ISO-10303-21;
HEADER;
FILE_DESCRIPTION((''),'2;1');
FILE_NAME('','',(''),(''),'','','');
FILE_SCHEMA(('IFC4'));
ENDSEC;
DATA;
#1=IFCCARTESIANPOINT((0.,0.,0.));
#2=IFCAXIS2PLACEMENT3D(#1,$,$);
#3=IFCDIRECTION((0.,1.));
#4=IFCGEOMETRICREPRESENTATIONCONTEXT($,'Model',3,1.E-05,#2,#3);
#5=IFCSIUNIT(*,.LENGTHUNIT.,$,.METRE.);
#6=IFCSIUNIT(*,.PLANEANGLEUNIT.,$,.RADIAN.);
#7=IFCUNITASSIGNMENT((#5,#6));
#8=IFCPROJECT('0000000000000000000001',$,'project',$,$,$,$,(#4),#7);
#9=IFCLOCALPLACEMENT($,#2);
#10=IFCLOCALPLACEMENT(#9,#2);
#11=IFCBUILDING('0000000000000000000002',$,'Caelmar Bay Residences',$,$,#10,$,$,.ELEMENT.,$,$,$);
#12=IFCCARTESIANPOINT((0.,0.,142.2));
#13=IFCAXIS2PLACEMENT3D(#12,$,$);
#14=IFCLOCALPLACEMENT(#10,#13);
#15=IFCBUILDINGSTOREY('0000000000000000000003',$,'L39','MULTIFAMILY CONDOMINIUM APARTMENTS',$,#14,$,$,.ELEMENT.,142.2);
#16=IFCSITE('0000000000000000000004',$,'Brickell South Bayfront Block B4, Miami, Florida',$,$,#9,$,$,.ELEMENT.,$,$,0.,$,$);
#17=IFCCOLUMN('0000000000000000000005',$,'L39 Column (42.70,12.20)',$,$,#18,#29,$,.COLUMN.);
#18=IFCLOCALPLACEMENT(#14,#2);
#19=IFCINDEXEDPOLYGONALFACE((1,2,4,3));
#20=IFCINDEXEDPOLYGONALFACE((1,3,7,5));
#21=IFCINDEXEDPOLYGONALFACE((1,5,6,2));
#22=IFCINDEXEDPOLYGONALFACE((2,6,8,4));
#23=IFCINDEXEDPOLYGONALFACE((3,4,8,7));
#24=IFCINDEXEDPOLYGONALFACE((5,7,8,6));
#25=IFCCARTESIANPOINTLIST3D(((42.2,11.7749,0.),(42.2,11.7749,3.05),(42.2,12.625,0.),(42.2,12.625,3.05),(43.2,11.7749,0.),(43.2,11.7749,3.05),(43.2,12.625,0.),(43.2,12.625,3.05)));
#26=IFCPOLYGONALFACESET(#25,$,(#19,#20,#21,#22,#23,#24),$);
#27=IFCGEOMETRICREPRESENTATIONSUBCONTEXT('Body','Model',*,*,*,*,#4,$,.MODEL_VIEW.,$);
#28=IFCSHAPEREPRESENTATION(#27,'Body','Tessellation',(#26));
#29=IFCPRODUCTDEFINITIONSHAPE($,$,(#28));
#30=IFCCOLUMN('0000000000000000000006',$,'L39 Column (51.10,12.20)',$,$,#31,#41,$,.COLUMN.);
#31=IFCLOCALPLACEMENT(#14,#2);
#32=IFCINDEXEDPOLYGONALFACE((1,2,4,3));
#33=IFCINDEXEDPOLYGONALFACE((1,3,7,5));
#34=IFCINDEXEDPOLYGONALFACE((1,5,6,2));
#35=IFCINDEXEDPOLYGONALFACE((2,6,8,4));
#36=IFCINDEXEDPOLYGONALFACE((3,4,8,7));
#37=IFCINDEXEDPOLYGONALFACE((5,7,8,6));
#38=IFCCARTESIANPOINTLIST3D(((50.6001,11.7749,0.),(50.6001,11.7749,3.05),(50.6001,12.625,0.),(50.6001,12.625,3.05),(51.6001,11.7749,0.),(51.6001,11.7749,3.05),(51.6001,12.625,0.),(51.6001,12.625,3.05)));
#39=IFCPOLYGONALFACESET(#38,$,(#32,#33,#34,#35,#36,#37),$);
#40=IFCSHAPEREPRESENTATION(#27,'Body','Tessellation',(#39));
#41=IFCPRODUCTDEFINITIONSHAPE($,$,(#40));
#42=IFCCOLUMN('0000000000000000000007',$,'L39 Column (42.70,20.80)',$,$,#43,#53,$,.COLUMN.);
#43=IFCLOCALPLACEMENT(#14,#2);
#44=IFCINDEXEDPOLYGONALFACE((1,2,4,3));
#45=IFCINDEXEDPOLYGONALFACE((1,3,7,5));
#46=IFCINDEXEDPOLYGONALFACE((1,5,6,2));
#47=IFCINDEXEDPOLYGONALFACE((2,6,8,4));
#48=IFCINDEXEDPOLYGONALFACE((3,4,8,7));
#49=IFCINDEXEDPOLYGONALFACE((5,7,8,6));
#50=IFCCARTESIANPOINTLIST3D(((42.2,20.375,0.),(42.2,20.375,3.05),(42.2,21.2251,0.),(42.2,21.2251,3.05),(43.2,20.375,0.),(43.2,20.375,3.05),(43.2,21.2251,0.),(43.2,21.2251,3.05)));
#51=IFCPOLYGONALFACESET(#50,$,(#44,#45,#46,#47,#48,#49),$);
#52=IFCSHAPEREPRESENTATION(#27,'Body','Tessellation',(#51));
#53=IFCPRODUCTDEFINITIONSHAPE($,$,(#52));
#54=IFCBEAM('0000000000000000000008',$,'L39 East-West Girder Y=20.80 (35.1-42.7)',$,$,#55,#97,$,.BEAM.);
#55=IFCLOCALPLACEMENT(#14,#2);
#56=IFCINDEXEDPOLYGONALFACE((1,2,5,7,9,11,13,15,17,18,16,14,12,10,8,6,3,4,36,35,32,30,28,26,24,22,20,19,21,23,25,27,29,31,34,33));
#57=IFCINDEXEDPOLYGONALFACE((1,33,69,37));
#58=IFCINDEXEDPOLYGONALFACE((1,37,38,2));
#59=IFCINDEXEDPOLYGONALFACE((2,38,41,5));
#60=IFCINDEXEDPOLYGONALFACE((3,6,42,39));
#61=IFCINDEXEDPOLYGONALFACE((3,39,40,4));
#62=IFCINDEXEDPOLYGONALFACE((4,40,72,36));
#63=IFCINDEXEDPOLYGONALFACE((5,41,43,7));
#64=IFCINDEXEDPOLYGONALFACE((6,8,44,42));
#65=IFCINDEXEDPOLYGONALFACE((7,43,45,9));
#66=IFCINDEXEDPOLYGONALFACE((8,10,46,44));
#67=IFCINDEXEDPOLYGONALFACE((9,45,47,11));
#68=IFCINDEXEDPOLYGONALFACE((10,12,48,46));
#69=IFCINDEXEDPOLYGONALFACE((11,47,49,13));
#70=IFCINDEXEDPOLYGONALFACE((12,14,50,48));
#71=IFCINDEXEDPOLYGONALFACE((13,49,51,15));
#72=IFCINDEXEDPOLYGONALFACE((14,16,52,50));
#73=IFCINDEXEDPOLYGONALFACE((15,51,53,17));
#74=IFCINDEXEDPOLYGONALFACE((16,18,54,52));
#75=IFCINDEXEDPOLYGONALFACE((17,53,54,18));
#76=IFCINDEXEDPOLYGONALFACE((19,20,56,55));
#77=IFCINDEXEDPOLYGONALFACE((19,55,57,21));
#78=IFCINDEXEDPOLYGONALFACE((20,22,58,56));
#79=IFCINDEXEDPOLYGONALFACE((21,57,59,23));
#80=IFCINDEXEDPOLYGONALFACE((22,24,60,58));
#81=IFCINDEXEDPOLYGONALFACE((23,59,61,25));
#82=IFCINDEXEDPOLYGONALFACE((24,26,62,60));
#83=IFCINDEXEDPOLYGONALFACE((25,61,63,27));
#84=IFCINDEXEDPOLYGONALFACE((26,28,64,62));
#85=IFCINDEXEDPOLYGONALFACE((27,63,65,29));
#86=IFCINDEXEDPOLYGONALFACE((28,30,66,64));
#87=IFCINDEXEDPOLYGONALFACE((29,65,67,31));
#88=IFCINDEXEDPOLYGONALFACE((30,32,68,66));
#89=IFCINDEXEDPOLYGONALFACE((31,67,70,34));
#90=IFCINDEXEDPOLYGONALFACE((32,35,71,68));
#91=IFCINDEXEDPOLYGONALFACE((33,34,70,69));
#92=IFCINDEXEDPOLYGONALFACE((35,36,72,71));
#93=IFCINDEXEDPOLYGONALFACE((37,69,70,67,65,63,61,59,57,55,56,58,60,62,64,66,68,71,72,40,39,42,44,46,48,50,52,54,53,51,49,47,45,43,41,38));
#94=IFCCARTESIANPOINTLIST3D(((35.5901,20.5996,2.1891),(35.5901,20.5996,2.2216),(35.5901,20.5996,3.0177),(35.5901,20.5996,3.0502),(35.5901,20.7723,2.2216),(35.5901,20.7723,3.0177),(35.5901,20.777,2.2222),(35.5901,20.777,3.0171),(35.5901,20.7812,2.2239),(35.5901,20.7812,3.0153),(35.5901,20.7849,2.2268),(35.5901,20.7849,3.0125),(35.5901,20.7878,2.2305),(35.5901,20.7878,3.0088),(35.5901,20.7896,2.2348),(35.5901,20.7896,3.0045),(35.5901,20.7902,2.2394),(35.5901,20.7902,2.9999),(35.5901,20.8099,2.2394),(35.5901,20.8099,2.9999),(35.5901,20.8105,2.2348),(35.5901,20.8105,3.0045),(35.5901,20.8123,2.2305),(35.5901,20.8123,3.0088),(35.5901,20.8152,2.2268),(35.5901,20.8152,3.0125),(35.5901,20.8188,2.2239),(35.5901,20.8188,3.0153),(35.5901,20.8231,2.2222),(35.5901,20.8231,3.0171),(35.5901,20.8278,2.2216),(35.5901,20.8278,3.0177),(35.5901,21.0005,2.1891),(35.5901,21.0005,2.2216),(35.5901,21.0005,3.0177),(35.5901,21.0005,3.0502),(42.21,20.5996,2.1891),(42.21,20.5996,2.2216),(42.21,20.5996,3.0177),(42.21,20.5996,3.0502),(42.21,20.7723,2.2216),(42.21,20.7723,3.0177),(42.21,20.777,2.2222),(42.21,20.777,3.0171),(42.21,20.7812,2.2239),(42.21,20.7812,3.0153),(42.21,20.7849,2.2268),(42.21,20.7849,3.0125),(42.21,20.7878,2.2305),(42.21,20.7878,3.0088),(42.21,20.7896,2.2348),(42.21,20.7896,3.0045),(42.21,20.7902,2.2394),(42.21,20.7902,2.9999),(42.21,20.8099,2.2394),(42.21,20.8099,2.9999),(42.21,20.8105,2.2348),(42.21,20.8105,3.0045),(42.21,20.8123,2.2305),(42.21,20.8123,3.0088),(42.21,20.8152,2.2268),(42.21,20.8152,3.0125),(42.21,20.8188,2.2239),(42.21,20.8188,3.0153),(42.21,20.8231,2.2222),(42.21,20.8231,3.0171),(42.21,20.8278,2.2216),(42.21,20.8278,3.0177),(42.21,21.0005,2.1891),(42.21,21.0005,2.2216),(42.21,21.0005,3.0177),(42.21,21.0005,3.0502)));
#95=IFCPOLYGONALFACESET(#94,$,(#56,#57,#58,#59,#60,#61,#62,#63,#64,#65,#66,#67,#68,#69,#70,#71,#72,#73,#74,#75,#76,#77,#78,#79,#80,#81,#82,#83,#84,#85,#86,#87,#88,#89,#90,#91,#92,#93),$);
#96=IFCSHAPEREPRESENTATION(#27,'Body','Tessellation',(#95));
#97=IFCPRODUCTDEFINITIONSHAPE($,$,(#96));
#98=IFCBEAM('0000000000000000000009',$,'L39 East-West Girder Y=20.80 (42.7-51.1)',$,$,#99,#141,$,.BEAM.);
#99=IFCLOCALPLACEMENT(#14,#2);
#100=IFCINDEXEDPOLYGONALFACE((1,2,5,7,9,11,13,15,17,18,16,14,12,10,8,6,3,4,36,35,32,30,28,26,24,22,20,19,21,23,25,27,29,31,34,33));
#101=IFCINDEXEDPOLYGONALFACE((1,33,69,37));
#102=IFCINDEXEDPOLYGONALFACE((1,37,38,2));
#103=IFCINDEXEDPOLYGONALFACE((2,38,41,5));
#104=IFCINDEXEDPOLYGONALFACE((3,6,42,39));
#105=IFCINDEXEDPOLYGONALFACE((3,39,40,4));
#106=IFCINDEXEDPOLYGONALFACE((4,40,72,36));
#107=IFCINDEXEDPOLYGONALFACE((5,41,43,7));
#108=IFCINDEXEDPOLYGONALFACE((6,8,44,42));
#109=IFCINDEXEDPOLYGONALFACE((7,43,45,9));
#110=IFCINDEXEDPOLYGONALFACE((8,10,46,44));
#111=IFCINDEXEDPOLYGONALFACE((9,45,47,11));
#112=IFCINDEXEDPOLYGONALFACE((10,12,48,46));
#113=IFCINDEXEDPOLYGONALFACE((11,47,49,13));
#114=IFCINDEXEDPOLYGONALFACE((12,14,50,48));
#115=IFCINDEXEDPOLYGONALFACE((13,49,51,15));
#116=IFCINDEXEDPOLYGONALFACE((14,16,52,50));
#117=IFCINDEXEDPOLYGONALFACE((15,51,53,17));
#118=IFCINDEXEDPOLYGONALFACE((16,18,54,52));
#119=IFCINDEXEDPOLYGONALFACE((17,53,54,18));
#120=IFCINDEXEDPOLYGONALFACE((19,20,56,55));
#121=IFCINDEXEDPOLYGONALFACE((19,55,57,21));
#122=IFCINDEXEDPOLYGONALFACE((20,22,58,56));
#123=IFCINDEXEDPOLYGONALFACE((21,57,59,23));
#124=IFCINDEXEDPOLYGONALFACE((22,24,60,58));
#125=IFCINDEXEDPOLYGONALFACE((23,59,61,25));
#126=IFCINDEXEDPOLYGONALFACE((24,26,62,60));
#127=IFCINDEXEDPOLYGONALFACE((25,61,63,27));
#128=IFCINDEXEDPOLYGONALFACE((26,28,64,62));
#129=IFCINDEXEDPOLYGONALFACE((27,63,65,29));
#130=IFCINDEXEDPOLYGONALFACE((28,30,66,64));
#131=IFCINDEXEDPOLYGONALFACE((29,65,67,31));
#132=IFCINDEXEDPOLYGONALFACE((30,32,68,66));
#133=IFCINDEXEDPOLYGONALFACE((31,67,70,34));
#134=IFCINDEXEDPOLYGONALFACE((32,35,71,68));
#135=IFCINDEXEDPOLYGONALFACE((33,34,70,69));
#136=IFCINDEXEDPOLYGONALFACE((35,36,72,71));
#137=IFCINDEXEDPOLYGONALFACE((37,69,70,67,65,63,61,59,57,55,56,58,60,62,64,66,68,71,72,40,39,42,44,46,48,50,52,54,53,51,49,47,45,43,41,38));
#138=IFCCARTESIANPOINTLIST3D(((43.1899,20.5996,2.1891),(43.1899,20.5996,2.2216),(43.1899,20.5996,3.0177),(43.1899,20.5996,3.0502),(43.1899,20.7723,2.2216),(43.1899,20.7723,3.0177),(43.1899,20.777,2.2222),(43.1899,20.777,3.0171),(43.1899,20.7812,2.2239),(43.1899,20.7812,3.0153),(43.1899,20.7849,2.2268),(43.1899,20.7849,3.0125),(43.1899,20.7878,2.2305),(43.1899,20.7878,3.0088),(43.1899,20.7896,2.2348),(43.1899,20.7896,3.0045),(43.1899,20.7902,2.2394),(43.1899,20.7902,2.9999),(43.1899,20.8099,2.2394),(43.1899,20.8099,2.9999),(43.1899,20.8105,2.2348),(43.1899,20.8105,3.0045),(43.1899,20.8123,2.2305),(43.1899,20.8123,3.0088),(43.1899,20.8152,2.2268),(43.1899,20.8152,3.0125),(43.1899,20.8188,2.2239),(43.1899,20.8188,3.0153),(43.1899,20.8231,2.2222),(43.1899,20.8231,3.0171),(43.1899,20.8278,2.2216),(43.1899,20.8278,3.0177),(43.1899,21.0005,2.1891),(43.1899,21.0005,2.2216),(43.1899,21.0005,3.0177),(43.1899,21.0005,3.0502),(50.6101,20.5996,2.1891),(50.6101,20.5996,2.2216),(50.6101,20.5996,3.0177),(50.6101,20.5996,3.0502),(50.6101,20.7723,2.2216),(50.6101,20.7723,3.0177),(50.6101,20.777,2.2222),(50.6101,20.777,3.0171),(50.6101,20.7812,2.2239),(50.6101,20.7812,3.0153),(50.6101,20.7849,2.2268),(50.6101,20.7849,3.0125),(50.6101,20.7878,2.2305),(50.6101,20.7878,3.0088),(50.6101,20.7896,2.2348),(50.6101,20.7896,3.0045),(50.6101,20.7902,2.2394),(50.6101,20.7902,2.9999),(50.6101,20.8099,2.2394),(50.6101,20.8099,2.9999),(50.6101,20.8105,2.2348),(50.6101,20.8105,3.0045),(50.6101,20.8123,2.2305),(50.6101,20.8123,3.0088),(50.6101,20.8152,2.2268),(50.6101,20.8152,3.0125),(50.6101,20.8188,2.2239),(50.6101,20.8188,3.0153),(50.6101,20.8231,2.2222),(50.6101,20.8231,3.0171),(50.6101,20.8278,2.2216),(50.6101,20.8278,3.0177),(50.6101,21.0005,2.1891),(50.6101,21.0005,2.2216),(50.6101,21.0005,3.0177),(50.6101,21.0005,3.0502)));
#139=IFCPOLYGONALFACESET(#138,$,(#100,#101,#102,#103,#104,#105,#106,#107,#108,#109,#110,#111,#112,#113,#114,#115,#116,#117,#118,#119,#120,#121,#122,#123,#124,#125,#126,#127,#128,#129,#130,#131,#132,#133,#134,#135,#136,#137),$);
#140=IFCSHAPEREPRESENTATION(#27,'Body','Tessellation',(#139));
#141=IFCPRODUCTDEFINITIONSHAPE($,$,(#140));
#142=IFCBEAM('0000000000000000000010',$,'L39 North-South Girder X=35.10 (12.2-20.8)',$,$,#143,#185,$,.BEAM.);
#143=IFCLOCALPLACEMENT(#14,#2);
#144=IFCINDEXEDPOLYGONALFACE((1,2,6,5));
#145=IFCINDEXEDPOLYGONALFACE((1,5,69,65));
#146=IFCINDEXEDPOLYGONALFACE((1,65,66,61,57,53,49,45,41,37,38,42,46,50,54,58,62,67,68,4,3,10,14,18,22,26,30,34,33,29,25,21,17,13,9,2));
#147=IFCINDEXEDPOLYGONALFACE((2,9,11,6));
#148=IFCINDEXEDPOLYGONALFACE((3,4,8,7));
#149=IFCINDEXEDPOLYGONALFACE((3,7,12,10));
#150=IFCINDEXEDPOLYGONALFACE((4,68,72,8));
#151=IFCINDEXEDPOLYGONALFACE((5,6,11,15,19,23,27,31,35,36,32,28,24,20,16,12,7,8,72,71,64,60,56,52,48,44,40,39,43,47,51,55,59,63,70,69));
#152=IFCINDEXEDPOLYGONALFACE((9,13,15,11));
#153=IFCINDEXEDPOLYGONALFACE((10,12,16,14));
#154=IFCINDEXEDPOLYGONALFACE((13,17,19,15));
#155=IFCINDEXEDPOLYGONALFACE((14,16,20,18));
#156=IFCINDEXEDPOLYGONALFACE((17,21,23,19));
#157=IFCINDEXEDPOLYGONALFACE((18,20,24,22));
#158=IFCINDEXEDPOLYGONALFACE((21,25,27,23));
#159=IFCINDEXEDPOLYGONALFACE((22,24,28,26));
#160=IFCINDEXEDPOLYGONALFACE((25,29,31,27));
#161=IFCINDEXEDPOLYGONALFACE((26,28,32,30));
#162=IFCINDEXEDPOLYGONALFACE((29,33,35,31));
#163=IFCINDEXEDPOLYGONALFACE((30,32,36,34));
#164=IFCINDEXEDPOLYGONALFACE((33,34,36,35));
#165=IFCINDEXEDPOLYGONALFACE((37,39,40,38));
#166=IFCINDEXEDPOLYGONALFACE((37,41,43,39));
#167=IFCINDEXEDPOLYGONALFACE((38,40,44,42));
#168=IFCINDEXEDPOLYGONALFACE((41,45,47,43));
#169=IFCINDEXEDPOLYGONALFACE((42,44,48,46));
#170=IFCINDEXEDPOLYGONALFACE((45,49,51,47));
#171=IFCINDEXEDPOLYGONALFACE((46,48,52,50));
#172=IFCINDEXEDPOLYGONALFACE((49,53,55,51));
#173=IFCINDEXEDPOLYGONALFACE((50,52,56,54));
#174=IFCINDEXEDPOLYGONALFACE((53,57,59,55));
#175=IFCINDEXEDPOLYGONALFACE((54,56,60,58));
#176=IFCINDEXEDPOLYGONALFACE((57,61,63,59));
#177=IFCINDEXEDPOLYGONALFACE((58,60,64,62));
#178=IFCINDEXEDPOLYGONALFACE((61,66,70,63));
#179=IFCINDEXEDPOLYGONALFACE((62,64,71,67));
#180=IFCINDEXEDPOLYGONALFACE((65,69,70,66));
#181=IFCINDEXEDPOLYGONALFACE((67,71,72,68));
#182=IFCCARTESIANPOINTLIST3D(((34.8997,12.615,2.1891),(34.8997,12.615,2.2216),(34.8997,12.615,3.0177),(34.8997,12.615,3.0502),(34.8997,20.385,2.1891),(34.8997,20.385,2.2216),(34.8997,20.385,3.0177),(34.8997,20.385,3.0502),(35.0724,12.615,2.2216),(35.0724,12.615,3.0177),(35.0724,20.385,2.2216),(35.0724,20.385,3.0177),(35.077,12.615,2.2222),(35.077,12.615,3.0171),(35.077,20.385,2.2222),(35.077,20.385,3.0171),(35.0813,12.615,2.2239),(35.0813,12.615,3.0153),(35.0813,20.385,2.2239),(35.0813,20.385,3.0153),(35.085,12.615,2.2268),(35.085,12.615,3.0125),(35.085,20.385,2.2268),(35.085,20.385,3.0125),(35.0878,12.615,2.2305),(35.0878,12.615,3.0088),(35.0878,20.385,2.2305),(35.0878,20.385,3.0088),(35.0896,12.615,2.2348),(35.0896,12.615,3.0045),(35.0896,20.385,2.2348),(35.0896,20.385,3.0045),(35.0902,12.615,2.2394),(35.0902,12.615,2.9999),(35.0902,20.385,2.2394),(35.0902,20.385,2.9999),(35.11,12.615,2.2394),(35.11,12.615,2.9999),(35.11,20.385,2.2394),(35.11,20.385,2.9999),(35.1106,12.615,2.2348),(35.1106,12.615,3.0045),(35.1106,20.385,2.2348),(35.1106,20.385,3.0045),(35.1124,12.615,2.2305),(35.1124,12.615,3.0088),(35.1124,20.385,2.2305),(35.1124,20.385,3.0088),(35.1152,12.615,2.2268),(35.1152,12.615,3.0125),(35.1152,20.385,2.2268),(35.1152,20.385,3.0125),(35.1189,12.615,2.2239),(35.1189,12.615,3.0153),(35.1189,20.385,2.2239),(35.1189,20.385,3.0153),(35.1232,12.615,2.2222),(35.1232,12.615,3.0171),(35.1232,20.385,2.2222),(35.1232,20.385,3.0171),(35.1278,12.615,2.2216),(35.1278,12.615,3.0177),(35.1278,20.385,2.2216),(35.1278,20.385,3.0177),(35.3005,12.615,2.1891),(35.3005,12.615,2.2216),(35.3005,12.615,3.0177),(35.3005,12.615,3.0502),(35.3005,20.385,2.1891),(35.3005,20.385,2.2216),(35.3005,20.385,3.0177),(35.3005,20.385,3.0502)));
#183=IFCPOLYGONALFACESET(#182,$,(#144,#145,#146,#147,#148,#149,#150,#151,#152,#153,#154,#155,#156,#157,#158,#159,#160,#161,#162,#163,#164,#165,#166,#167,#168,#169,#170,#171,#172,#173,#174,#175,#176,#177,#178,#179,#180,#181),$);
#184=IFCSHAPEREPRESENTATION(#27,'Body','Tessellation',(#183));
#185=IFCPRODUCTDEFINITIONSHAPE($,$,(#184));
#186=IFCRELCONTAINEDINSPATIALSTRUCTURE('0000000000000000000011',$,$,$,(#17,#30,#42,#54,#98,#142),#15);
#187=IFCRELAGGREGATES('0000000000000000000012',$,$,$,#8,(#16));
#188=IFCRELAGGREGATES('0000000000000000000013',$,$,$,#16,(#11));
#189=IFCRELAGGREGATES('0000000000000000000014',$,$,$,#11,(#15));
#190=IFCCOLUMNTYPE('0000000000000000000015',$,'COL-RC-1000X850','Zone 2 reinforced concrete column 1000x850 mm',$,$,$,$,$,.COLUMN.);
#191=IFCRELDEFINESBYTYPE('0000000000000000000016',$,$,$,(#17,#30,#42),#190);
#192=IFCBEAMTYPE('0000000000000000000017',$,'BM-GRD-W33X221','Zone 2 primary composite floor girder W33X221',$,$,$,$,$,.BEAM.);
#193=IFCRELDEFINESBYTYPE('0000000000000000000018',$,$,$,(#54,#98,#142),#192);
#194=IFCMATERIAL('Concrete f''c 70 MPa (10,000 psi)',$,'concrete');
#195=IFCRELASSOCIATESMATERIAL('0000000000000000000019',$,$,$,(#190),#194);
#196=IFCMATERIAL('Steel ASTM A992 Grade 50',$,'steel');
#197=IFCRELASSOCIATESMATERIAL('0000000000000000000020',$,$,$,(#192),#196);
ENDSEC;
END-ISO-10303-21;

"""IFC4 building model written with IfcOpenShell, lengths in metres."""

from ifc_helpers import new_model, si_unit, direction, frame, origin, origin_2d, place, context, subcontext, project, spatial, rectangle, i_section, extrude, material, material_profile, profile_set, type_object, element, save


model = new_model("IFC4")

# Units and contexts
model_context = context("Model", 3, precision=1e-05, world=origin(), true_north=direction((0.0, 1.0)))
body_context = subcontext(model_context, "Body", "Model", "MODEL_VIEW")
ifc_project = project(units=[si_unit("LENGTHUNIT", "METRE"), si_unit("PLANEANGLEUNIT", "RADIAN")], contexts=[model_context])

# Site, building, storey
site_placement = place(None, origin())
site = spatial("IfcSite", under=ifc_project, at=site_placement, Name="Brickell South Bayfront Block B4, Miami, Florida", CompositionType="ELEMENT", RefElevation=0.0)
building_placement = place(site_placement, origin())
building = spatial("IfcBuilding", under=site, at=building_placement, Name="Caelmar Bay Residences", CompositionType="ELEMENT")
storey_placement = place(building_placement, frame((0.0, 0.0, 142.2)))
storey = spatial("IfcBuildingStorey", under=building, at=storey_placement, Name="L39", Description="MULTIFAMILY CONDOMINIUM APARTMENTS", CompositionType="ELEMENT", Elevation=142.2)

# Columns
ifc_material_1 = material(Name="Concrete f'c 70 MPa (10,000 psi)", Category="concrete")
ifc_material_profile_1 = material_profile(ifc_material_1, rectangle(XDim=1.0, YDim=0.8501, at=origin_2d()), Name="RC-COL-1000X850")
ifc_profile_set_1 = profile_set([ifc_material_profile_1], Name="Concrete f'c 70 MPa (10,000 psi)")
column_type = type_object("IfcColumnType", Name="COL-RC-1000X850", Description="Zone 2 reinforced concrete column 1000x850 mm", PredefinedType="COLUMN", material=ifc_profile_set_1)
for number, where, z_axis, x_axis, name in (
    (1, (42.7, 12.2, 0.0), (0.0, 0.0, 1.0), (1.0, 0.0, 0.0), "L39 Column (42.70,12.20)"),
    (2, (51.1001, 12.2, 0.0), (0.0, 0.0, 1.0), (1.0, 0.0, 0.0), "L39 Column (51.10,12.20)"),
    (3, (42.7, 20.8, 0.0), (0.0, 0.0, 1.0), (1.0, 0.0, 0.0), "L39 Column (42.70,20.80)"),
):
    element("IfcColumn", number, at=place(storey_placement, frame(where, z_axis=z_axis, x_axis=x_axis)), inside=storey, type_object=column_type, Name=name, PredefinedType="COLUMN", context=body_context, shape_type="SweptSolid", body=[
        extrude(rectangle(XDim=1.0, YDim=0.8501, at=origin_2d()), origin(), (0.0, 0.0, 1.0), 3.05),
    ])

# Beams
ifc_material_2 = material(Name="Steel ASTM A992 Grade 50", Category="steel")
ifc_material_profile_2 = material_profile(ifc_material_2, i_section(OverallWidth=0.4009, OverallDepth=0.8611, WebThickness=0.0198, FlangeThickness=0.0325, FilletRadius=0.0178, at=origin_2d()), Name="W33X221")
ifc_profile_set_2 = profile_set([ifc_material_profile_2], Name="Steel ASTM A992 Grade 50")
beam_type_1 = type_object("IfcBeamType", Name="BM-GRD-W33X221", Description="Zone 2 primary composite floor girder W33X221", PredefinedType="BEAM", material=ifc_profile_set_2)
beam_1_placement = place(storey_placement, frame((35.5901, 20.8, 2.6196), z_axis=(1.0, 0.0, 0.0), x_axis=(0.0, 1.0, 0.0)))
element("IfcBeam", 4, at=beam_1_placement, inside=storey, type_object=beam_type_1, Name="L39 East-West Girder Y=20.80 (35.1-42.7)", PredefinedType="BEAM", context=body_context, shape_type="SweptSolid", body=[
    extrude(i_section(OverallWidth=0.4009, OverallDepth=0.8611, WebThickness=0.0198, FlangeThickness=0.0325, FilletRadius=0.0178, at=origin_2d()), origin(), (0.0, 0.0, 1.0), 6.6199),
])
beam_2_placement = place(storey_placement, frame((43.1899, 20.8, 2.6196), z_axis=(1.0, 0.0, 0.0), x_axis=(0.0, 1.0, 0.0)))
element("IfcBeam", 5, at=beam_2_placement, inside=storey, type_object=beam_type_1, Name="L39 East-West Girder Y=20.80 (42.7-51.1)", PredefinedType="BEAM", context=body_context, shape_type="SweptSolid", body=[
    extrude(i_section(OverallWidth=0.4009, OverallDepth=0.8611, WebThickness=0.0198, FlangeThickness=0.0325, FilletRadius=0.0178, at=origin_2d()), origin(), (0.0, 0.0, 1.0), 7.4202),
])
for number, where, z_axis, x_axis, name in (
    (6, (35.1001, 12.615, 2.6196), (0.0, 1.0, 0.0), (-1.0, 0.0, 0.0), "L39 North-South Girder X=35.10 (12.2-20.8)"),
):
    element("IfcBeam", number, at=place(storey_placement, frame(where, z_axis=z_axis, x_axis=x_axis)), inside=storey, type_object=beam_type_1, Name=name, PredefinedType="BEAM", context=body_context, shape_type="SweptSolid", body=[
        extrude(i_section(OverallWidth=0.4009, OverallDepth=0.8611, WebThickness=0.0198, FlangeThickness=0.0325, FilletRadius=0.0178, at=origin_2d()), origin(), (0.0, 0.0, 1.0), 7.77),
    ])

save(model, "model.ifc")
